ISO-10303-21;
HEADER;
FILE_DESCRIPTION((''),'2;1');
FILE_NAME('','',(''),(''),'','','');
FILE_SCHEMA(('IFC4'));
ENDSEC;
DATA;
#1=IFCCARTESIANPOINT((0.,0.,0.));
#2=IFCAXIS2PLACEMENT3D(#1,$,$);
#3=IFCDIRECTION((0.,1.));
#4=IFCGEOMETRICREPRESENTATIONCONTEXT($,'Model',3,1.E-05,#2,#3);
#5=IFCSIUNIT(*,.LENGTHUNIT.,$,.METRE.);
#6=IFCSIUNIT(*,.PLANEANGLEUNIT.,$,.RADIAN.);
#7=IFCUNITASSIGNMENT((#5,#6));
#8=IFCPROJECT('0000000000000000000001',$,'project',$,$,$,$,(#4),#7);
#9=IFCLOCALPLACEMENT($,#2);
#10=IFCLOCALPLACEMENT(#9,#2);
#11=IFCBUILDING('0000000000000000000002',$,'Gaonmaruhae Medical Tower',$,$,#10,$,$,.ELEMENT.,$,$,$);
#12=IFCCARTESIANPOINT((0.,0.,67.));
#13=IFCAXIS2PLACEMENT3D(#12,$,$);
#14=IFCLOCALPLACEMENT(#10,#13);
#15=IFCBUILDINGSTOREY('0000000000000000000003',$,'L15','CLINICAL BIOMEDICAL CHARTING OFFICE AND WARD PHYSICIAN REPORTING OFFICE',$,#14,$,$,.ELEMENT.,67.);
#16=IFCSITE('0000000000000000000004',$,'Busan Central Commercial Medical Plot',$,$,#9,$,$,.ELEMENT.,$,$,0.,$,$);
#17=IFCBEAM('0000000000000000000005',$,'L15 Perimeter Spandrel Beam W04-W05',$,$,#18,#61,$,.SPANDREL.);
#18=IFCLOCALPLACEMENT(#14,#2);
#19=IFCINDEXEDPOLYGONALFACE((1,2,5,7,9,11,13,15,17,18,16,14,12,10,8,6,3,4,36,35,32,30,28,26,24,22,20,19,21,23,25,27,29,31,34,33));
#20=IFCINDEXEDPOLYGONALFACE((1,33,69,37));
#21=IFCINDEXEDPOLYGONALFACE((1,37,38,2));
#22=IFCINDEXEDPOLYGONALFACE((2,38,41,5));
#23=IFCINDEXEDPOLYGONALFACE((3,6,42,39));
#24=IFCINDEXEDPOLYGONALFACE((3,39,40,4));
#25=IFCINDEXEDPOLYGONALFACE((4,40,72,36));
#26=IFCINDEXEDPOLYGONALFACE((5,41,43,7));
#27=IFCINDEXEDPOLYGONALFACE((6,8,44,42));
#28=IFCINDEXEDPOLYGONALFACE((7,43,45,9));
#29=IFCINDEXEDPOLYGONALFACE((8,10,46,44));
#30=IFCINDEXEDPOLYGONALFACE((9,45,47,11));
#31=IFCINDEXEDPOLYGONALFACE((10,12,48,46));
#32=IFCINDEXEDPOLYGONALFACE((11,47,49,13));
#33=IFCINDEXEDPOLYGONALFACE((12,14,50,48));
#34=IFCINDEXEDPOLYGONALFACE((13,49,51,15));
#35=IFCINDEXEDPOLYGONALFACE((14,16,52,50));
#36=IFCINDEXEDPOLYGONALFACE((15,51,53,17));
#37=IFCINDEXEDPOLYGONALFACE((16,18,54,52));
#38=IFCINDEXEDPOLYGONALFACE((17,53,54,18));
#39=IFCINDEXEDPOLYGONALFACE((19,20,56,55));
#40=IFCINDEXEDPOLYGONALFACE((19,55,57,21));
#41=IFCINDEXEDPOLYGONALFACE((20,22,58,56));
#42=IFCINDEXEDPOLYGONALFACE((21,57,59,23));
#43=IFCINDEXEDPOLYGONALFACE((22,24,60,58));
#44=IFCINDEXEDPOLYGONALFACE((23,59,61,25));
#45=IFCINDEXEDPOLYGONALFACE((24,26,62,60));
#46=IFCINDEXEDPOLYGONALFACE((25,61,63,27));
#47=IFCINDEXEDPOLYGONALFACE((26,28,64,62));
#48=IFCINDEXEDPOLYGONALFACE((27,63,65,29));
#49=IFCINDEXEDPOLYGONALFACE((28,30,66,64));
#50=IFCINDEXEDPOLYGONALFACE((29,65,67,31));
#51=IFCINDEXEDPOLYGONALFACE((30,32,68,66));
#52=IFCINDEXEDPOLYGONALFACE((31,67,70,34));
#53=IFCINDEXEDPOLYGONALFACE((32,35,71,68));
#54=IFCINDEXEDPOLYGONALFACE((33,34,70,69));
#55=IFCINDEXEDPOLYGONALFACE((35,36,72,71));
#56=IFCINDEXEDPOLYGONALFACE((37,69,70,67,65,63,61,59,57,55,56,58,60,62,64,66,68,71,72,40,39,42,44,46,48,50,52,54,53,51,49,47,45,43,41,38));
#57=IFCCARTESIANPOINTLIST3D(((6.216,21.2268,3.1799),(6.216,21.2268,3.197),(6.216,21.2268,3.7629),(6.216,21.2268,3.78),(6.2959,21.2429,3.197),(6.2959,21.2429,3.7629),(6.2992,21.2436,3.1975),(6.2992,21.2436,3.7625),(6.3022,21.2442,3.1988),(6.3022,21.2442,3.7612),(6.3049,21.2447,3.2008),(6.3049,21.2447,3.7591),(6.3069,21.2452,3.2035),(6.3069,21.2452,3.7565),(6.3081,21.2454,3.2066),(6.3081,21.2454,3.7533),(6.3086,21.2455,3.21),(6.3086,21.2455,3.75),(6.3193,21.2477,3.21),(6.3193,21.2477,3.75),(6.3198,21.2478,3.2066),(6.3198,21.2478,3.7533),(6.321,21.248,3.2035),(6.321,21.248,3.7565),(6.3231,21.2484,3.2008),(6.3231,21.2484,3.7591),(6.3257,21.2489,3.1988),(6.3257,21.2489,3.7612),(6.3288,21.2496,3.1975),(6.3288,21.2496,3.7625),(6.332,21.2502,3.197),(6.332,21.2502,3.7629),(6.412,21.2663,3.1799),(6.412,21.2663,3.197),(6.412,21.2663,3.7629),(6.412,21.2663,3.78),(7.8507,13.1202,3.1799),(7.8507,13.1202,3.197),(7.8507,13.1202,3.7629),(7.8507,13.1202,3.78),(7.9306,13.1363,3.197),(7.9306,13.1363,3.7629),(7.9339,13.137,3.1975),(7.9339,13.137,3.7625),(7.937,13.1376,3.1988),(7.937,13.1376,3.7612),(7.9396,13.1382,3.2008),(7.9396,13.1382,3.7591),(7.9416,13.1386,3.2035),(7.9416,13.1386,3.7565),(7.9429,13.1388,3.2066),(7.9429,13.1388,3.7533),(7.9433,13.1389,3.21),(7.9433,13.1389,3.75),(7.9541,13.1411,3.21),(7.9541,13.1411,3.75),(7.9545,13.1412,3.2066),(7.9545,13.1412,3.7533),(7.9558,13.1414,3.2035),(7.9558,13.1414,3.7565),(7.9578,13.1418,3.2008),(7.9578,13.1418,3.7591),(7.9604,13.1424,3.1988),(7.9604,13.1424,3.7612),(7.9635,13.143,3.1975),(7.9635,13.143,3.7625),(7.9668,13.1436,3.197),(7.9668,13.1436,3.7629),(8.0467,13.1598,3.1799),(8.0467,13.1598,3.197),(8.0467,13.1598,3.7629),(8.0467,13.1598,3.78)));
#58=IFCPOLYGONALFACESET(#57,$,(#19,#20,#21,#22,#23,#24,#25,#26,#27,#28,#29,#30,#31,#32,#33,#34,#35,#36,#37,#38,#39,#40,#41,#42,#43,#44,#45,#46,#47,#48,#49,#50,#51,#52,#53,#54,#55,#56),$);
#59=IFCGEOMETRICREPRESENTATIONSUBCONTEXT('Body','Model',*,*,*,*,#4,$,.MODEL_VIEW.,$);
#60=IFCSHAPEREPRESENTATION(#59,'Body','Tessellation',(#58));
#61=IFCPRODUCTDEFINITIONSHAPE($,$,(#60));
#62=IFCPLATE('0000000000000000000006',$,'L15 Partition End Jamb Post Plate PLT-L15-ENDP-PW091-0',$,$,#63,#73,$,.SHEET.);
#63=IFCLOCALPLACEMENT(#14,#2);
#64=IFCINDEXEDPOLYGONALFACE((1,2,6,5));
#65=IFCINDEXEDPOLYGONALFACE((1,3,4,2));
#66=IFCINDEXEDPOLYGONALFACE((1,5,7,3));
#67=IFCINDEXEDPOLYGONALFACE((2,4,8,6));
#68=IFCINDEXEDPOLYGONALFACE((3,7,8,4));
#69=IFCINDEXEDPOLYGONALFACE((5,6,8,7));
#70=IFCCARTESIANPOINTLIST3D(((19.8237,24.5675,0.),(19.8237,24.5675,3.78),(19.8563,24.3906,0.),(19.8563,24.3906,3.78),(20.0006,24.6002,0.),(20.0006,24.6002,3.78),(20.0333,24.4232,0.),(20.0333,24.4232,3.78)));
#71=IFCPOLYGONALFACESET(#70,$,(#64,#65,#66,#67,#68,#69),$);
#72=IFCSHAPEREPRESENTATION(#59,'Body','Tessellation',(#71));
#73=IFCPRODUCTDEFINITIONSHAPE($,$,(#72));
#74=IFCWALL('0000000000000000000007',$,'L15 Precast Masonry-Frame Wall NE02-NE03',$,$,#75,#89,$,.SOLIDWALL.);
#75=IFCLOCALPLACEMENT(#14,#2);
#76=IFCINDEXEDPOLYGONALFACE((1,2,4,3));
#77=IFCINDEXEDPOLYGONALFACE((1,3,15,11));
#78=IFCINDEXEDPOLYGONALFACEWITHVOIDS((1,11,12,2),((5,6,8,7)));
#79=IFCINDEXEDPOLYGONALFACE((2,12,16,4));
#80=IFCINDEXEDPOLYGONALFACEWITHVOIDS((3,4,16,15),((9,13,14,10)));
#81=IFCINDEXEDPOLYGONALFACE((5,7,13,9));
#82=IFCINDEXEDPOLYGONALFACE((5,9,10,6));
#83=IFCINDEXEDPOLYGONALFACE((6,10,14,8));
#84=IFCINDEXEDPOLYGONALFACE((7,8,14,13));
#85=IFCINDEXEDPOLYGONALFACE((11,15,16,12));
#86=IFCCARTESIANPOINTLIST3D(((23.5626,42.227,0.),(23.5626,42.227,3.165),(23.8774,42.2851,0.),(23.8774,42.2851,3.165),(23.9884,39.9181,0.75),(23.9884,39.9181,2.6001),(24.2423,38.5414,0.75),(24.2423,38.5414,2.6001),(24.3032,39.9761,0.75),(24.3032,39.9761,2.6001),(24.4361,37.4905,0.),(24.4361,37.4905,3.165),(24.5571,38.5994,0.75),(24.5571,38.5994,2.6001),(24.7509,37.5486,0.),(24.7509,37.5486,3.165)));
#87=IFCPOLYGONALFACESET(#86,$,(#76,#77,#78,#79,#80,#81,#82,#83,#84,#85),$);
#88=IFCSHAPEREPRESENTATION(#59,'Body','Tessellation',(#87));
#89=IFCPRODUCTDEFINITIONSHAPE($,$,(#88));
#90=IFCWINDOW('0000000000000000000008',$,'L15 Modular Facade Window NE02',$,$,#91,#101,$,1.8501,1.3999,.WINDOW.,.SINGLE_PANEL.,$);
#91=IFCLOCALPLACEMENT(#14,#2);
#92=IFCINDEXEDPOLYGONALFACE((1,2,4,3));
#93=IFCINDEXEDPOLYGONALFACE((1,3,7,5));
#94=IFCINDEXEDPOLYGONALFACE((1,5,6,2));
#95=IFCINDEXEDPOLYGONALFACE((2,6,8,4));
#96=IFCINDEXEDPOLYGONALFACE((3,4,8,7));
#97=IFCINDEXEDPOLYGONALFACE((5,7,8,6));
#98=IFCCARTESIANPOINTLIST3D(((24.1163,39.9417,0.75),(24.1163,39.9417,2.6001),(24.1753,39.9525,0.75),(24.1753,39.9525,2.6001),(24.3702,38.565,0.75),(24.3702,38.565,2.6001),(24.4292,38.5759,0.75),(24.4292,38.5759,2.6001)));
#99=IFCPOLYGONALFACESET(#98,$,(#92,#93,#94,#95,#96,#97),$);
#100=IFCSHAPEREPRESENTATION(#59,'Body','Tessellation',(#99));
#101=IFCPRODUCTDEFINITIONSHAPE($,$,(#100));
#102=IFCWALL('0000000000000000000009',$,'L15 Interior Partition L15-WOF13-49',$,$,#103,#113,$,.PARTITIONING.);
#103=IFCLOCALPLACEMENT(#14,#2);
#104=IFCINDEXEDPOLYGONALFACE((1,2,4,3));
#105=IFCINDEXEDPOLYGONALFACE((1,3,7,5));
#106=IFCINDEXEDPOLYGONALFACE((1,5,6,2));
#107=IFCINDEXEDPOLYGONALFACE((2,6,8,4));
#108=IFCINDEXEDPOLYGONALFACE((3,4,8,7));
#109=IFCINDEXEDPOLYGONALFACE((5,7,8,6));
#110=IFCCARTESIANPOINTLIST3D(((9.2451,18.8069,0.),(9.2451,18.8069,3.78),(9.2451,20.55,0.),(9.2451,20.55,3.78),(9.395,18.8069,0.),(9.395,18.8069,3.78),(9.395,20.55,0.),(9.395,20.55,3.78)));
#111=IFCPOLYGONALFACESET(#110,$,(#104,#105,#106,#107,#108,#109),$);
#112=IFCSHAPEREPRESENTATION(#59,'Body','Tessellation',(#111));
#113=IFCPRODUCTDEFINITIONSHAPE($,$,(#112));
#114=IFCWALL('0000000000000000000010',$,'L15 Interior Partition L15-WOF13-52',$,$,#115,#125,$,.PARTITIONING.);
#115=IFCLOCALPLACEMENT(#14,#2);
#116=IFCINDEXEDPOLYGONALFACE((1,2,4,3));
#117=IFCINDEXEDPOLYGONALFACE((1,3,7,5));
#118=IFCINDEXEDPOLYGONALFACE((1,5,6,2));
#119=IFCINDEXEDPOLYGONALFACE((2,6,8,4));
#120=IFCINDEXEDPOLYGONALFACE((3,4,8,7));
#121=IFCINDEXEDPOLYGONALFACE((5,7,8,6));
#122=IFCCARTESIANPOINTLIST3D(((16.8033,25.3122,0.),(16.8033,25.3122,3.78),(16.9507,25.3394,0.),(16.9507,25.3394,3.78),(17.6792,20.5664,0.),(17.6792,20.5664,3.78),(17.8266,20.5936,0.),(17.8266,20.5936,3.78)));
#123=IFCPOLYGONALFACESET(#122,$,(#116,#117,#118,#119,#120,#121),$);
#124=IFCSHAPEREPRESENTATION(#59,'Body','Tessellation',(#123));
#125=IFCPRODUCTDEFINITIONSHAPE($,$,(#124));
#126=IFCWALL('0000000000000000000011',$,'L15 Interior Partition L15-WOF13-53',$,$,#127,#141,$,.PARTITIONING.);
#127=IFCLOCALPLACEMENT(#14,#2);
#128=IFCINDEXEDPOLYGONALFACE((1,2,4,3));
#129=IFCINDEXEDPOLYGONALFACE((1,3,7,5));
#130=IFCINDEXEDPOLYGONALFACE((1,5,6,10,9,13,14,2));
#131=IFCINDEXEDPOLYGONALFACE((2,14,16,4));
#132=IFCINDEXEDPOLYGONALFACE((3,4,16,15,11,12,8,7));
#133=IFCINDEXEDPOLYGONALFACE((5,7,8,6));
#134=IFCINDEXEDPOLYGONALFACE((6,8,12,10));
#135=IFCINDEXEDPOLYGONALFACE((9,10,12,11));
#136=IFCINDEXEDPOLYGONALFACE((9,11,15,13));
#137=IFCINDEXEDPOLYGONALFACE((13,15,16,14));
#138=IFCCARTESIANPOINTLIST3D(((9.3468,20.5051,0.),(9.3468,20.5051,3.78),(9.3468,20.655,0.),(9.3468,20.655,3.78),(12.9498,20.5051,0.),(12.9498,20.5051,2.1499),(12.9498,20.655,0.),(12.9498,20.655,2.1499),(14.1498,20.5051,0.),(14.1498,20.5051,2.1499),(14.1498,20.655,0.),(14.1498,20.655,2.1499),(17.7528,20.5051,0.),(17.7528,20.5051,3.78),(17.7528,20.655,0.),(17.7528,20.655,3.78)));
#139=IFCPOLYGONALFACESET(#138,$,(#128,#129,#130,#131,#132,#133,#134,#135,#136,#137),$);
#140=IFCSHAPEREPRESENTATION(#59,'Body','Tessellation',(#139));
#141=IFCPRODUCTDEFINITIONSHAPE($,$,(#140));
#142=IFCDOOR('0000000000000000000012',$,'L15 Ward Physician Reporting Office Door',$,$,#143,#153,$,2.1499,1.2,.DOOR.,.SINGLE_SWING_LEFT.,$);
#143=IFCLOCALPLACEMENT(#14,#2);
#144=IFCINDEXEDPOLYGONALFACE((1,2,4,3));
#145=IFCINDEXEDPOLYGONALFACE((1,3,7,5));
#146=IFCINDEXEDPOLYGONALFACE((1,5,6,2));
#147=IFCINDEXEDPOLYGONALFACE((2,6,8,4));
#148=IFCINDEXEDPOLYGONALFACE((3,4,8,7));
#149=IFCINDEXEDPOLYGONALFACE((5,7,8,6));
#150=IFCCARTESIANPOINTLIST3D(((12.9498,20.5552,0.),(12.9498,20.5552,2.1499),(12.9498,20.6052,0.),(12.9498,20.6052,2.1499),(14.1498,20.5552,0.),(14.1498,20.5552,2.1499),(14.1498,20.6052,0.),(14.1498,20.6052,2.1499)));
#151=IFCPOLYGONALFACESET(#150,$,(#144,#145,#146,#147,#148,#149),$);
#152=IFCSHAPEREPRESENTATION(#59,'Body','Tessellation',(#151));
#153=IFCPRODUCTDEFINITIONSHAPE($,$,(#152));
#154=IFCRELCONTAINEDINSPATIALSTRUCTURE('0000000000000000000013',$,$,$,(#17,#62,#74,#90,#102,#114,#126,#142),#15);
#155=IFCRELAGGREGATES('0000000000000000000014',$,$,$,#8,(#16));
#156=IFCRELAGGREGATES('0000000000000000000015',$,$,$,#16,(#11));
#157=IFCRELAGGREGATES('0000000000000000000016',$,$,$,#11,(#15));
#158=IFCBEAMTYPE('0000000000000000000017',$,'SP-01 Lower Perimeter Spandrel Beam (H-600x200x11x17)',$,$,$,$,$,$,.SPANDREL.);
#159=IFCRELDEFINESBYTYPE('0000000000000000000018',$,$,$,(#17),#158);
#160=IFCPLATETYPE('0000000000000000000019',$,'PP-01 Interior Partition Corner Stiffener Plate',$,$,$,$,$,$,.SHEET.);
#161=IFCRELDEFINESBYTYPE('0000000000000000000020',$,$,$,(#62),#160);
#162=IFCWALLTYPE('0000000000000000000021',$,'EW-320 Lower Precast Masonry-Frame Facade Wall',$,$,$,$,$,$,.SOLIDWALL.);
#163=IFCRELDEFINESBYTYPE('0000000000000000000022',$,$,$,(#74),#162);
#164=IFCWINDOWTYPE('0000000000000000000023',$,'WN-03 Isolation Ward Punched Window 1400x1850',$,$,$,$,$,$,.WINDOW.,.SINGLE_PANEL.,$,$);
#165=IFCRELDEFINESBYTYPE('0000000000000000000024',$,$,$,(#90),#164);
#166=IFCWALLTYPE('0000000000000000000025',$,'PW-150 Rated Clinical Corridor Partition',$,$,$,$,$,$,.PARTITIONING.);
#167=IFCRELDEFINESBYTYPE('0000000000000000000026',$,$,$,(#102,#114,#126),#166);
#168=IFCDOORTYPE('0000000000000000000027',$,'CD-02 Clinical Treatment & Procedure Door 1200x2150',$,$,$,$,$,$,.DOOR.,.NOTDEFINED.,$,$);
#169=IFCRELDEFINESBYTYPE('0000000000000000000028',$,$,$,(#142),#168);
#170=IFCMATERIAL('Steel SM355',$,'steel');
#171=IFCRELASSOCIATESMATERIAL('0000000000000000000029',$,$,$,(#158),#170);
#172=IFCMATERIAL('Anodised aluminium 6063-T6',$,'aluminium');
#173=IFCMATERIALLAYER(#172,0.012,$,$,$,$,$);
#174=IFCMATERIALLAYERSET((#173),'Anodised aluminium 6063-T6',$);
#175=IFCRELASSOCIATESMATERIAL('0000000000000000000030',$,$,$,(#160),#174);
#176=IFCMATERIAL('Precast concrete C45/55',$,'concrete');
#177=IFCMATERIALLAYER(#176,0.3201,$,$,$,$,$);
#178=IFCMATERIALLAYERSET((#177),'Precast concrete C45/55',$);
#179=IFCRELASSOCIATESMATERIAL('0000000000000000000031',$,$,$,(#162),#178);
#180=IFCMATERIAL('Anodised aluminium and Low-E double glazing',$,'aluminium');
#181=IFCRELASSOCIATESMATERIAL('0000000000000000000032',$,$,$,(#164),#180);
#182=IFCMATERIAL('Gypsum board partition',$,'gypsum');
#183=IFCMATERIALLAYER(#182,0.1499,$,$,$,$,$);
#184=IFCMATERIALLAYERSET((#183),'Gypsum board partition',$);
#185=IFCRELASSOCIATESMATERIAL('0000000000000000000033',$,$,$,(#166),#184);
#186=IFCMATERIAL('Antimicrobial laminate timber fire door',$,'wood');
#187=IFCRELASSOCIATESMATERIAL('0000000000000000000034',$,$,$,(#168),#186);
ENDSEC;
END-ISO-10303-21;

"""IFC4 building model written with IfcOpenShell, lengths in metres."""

from ifc_helpers import new_model, si_unit, direction, frame, frame_2d, origin, origin_2d, place, context, subcontext, project, spatial, rectangle, i_section, extrude, material, layer, layer_set, material_profile, profile_set, type_object, element, fill, save


model = new_model("IFC4")

# Units and contexts
model_context = context("Model", 3, precision=1e-05, world=origin(), true_north=direction((0.0, 1.0)))
body_context = subcontext(model_context, "Body", "Model", "MODEL_VIEW")
ifc_project = project(units=[si_unit("LENGTHUNIT", "METRE"), si_unit("PLANEANGLEUNIT", "RADIAN")], contexts=[model_context])

# Site, building, storey
site_placement = place(None, origin())
site = spatial("IfcSite", under=ifc_project, at=site_placement, Name="Busan Central Commercial Medical Plot", CompositionType="ELEMENT", RefElevation=0.0)
building_placement = place(site_placement, origin())
building = spatial("IfcBuilding", under=site, at=building_placement, Name="Gaonmaruhae Medical Tower", CompositionType="ELEMENT")
storey_placement = place(building_placement, frame((0.0, 0.0, 67.0)))
storey = spatial("IfcBuildingStorey", under=building, at=storey_placement, Name="L15", Description="CLINICAL BIOMEDICAL CHARTING OFFICE AND WARD PHYSICIAN REPORTING OFFICE", CompositionType="ELEMENT", Elevation=67.0)

# Beam
ifc_material_1 = material(Name="Steel SM355", Category="steel")
ifc_material_profile_1 = material_profile(ifc_material_1, i_section(OverallWidth=0.2, OverallDepth=0.6001, WebThickness=0.011, FlangeThickness=0.0171, FilletRadius=0.0129, at=origin_2d()), Name="H-600x200x11x17")
ifc_profile_set_1 = profile_set([ifc_material_profile_1], Name="Steel SM355")
beam_type_1 = type_object("IfcBeamType", Name="SP-01 Lower Perimeter Spandrel Beam (H-600x200x11x17)", PredefinedType="SPANDREL", material=ifc_profile_set_1)
beam_1_placement = place(storey_placement, frame((6.314, 21.2466, 3.48), z_axis=(0.197677, -0.980267, 0.0), x_axis=(0.980267, 0.197677, 0.0)))
element("IfcBeam", 1, at=beam_1_placement, inside=storey, type_object=beam_type_1, Name="L15 Perimeter Spandrel Beam W04-W05", PredefinedType="SPANDREL", context=body_context, shape_type="SweptSolid", body=[
    extrude(i_section(OverallWidth=0.2, OverallDepth=0.6001, WebThickness=0.011, FlangeThickness=0.0171, FilletRadius=0.0129, at=origin_2d()), origin(), (0.0, 0.0, 1.0), 8.2698),
])

# Plate
ifc_material_2 = material(Name="Anodised aluminium 6063-T6", Category="aluminium")
ifc_layer_1 = layer(ifc_material_2, 0.012)
ifc_layer_set_1 = layer_set([ifc_layer_1], Name="Anodised aluminium 6063-T6")
plate_type = type_object("IfcPlateType", Name="PP-01 Interior Partition Corner Stiffener Plate", PredefinedType="SHEET", material=ifc_layer_set_1)
plate_placement = place(storey_placement, frame((19.9285, 24.4954, 0.0), z_axis=(0.0, 0.0, 1.0), x_axis=(-0.181412, 0.983407, 0.0)))
element("IfcPlate", 2, at=plate_placement, inside=storey, type_object=plate_type, Name="L15 Partition End Jamb Post Plate PLT-L15-ENDP-PW091-0", PredefinedType="SHEET", context=body_context, shape_type="SweptSolid", body=[
    extrude(rectangle(XDim=0.1799, YDim=0.1799, at=origin_2d()), origin(), (0.0, 0.0, 1.0), 3.78),
])

# Wall, opening, window
ifc_material_3 = material(Name="Precast concrete C45/55", Category="concrete")
ifc_layer_2 = layer(ifc_material_3, 0.3201)
ifc_layer_set_2 = layer_set([ifc_layer_2], Name="Precast concrete C45/55")
wall_type_1 = type_object("IfcWallType", Name="EW-320 Lower Precast Masonry-Frame Facade Wall", PredefinedType="SOLIDWALL", material=ifc_layer_set_2)
wall_1_placement = place(storey_placement, frame((24.5935, 37.5195, 0.0), z_axis=(0.0, 0.0, 1.0), x_axis=(-0.181365, 0.983416, 0.0)))
wall_1 = element("IfcWall", 3, at=wall_1_placement, inside=storey, type_object=wall_type_1, Name="L15 Precast Masonry-Frame Wall NE02-NE03", PredefinedType="SOLIDWALL", context=body_context, shape_type="SweptSolid", body=[
    extrude(rectangle(XDim=4.8164, YDim=0.3201, at=frame_2d((2.4082, 0.0))), origin(), (0.0, 0.0, 1.0), 3.165),
])
opening_1_placement = place(wall_1_placement, frame((1.0686, 0.0, 0.75)))
opening_1 = element("IfcOpeningElement", 4, at=opening_1_placement, cuts=wall_1, PredefinedType="OPENING", context=body_context, shape_type="SweptSolid", body=[
    extrude(rectangle(XDim=1.3999, YDim=1.8501, at=frame_2d((0.7, 0.925))), frame((0.0, 0.1699, 0.0), z_axis=(0.0, -1.0, 0.0), x_axis=(1.0, 0.0, 0.0)), (0.0, 0.0, 1.0), 0.3401),
])
ifc_material_4 = material(Name="Anodised aluminium and Low-E double glazing", Category="aluminium")
window_type = type_object("IfcWindowType", Name="WN-03 Isolation Ward Punched Window 1400x1850", PartitioningType="SINGLE_PANEL", PredefinedType="WINDOW", material=ifc_material_4)
window_placement = place(opening_1_placement, origin())
window = element("IfcWindow", 5, at=window_placement, inside=storey, type_object=window_type, Name="L15 Modular Facade Window NE02", OverallHeight=1.8501, OverallWidth=1.3999, PartitioningType="SINGLE_PANEL", PredefinedType="WINDOW", context=body_context, shape_type="SweptSolid", body=[
    extrude(rectangle(XDim=1.3999, YDim=1.8501, at=frame_2d((0.7, 0.925))), frame((0.0, 0.03, 0.0), z_axis=(0.0, -1.0, 0.0), x_axis=(1.0, 0.0, 0.0)), (0.0, 0.0, 1.0), 0.0601),
])
fill(opening_1, window)

# Shared definitions
ifc_material_5 = material(Name="Gypsum board partition", Category="gypsum")
ifc_layer_3 = layer(ifc_material_5, 0.1499)
ifc_layer_set_3 = layer_set([ifc_layer_3], Name="Gypsum board partition")
wall_type_2 = type_object("IfcWallType", Name="PW-150 Rated Clinical Corridor Partition", PredefinedType="PARTITIONING", material=ifc_layer_set_3)
ifc_material_6 = material(Name="Antimicrobial laminate timber fire door", Category="wood")

# Walls
wall_2_placement = place(storey_placement, frame((9.3201, 20.55, 0.0), z_axis=(0.0, 0.0, 1.0), x_axis=(0.0, -1.0, 0.0)))
element("IfcWall", 6, at=wall_2_placement, inside=storey, type_object=wall_type_2, Name="L15 Interior Partition L15-WOF13-49", PredefinedType="PARTITIONING", context=body_context, shape_type="SweptSolid", body=[
    extrude(rectangle(XDim=1.7432, YDim=0.1499, at=frame_2d((0.8716, 0.0))), origin(), (0.0, 0.0, 1.0), 3.78),
])
wall_3_placement = place(storey_placement, frame((16.877, 25.3259, 0.0), z_axis=(0.0, 0.0, 1.0), x_axis=(0.181511, -0.983389, 0.0)))
element("IfcWall", 7, at=wall_3_placement, inside=storey, type_object=wall_type_2, Name="L15 Interior Partition L15-WOF13-52", PredefinedType="PARTITIONING", context=body_context, shape_type="SweptSolid", body=[
    extrude(rectangle(XDim=4.8259, YDim=0.1499, at=frame_2d((2.4131, 0.0))), origin(), (0.0, 0.0, 1.0), 3.78),
])

# Wall, opening, door
wall_4_placement = place(storey_placement, frame((17.7529, 20.5801, 0.0), z_axis=(0.0, 0.0, 1.0), x_axis=(-1.0, 0.0, 0.0)))
wall_4 = element("IfcWall", 8, at=wall_4_placement, inside=storey, type_object=wall_type_2, Name="L15 Interior Partition L15-WOF13-53", PredefinedType="PARTITIONING", context=body_context, shape_type="SweptSolid", body=[
    extrude(rectangle(XDim=8.406, YDim=0.1499, at=frame_2d((4.2031, 0.0))), origin(), (0.0, 0.0, 1.0), 3.78),
])
opening_2_placement = place(wall_4_placement, frame((3.603, 0.0, 0.0)))
opening_2 = element("IfcOpeningElement", 9, at=opening_2_placement, cuts=wall_4, PredefinedType="OPENING", context=body_context, shape_type="SweptSolid", body=[
    extrude(rectangle(XDim=1.2, YDim=2.1499, at=frame_2d((0.6001, 1.075))), frame((0.0, 0.085, 0.0), z_axis=(0.0, -1.0, 0.0), x_axis=(1.0, 0.0, 0.0)), (0.0, 0.0, 1.0), 0.1699),
])
door_type_1 = type_object("IfcDoorType", Name="CD-02 Clinical Treatment & Procedure Door 1200x2150", OperationType="NOTDEFINED", PredefinedType="DOOR", material=ifc_material_6)
door_1_placement = place(opening_2_placement, origin())
door_1 = element("IfcDoor", 10, at=door_1_placement, inside=storey, type_object=door_type_1, Name="L15 Ward Physician Reporting Office Door", OperationType="SINGLE_SWING_LEFT", OverallHeight=2.1499, OverallWidth=1.2, PredefinedType="DOOR", context=body_context, shape_type="SweptSolid", body=[
    extrude(rectangle(XDim=1.2, YDim=2.1499, at=frame_2d((0.6001, 1.075))), frame((0.0, 0.0249, 0.0), z_axis=(0.0, -1.0, 0.0), x_axis=(1.0, 0.0, 0.0)), (0.0, 0.0, 1.0), 0.05),
])
fill(opening_2, door_1)

save(model, "model.ifc")
